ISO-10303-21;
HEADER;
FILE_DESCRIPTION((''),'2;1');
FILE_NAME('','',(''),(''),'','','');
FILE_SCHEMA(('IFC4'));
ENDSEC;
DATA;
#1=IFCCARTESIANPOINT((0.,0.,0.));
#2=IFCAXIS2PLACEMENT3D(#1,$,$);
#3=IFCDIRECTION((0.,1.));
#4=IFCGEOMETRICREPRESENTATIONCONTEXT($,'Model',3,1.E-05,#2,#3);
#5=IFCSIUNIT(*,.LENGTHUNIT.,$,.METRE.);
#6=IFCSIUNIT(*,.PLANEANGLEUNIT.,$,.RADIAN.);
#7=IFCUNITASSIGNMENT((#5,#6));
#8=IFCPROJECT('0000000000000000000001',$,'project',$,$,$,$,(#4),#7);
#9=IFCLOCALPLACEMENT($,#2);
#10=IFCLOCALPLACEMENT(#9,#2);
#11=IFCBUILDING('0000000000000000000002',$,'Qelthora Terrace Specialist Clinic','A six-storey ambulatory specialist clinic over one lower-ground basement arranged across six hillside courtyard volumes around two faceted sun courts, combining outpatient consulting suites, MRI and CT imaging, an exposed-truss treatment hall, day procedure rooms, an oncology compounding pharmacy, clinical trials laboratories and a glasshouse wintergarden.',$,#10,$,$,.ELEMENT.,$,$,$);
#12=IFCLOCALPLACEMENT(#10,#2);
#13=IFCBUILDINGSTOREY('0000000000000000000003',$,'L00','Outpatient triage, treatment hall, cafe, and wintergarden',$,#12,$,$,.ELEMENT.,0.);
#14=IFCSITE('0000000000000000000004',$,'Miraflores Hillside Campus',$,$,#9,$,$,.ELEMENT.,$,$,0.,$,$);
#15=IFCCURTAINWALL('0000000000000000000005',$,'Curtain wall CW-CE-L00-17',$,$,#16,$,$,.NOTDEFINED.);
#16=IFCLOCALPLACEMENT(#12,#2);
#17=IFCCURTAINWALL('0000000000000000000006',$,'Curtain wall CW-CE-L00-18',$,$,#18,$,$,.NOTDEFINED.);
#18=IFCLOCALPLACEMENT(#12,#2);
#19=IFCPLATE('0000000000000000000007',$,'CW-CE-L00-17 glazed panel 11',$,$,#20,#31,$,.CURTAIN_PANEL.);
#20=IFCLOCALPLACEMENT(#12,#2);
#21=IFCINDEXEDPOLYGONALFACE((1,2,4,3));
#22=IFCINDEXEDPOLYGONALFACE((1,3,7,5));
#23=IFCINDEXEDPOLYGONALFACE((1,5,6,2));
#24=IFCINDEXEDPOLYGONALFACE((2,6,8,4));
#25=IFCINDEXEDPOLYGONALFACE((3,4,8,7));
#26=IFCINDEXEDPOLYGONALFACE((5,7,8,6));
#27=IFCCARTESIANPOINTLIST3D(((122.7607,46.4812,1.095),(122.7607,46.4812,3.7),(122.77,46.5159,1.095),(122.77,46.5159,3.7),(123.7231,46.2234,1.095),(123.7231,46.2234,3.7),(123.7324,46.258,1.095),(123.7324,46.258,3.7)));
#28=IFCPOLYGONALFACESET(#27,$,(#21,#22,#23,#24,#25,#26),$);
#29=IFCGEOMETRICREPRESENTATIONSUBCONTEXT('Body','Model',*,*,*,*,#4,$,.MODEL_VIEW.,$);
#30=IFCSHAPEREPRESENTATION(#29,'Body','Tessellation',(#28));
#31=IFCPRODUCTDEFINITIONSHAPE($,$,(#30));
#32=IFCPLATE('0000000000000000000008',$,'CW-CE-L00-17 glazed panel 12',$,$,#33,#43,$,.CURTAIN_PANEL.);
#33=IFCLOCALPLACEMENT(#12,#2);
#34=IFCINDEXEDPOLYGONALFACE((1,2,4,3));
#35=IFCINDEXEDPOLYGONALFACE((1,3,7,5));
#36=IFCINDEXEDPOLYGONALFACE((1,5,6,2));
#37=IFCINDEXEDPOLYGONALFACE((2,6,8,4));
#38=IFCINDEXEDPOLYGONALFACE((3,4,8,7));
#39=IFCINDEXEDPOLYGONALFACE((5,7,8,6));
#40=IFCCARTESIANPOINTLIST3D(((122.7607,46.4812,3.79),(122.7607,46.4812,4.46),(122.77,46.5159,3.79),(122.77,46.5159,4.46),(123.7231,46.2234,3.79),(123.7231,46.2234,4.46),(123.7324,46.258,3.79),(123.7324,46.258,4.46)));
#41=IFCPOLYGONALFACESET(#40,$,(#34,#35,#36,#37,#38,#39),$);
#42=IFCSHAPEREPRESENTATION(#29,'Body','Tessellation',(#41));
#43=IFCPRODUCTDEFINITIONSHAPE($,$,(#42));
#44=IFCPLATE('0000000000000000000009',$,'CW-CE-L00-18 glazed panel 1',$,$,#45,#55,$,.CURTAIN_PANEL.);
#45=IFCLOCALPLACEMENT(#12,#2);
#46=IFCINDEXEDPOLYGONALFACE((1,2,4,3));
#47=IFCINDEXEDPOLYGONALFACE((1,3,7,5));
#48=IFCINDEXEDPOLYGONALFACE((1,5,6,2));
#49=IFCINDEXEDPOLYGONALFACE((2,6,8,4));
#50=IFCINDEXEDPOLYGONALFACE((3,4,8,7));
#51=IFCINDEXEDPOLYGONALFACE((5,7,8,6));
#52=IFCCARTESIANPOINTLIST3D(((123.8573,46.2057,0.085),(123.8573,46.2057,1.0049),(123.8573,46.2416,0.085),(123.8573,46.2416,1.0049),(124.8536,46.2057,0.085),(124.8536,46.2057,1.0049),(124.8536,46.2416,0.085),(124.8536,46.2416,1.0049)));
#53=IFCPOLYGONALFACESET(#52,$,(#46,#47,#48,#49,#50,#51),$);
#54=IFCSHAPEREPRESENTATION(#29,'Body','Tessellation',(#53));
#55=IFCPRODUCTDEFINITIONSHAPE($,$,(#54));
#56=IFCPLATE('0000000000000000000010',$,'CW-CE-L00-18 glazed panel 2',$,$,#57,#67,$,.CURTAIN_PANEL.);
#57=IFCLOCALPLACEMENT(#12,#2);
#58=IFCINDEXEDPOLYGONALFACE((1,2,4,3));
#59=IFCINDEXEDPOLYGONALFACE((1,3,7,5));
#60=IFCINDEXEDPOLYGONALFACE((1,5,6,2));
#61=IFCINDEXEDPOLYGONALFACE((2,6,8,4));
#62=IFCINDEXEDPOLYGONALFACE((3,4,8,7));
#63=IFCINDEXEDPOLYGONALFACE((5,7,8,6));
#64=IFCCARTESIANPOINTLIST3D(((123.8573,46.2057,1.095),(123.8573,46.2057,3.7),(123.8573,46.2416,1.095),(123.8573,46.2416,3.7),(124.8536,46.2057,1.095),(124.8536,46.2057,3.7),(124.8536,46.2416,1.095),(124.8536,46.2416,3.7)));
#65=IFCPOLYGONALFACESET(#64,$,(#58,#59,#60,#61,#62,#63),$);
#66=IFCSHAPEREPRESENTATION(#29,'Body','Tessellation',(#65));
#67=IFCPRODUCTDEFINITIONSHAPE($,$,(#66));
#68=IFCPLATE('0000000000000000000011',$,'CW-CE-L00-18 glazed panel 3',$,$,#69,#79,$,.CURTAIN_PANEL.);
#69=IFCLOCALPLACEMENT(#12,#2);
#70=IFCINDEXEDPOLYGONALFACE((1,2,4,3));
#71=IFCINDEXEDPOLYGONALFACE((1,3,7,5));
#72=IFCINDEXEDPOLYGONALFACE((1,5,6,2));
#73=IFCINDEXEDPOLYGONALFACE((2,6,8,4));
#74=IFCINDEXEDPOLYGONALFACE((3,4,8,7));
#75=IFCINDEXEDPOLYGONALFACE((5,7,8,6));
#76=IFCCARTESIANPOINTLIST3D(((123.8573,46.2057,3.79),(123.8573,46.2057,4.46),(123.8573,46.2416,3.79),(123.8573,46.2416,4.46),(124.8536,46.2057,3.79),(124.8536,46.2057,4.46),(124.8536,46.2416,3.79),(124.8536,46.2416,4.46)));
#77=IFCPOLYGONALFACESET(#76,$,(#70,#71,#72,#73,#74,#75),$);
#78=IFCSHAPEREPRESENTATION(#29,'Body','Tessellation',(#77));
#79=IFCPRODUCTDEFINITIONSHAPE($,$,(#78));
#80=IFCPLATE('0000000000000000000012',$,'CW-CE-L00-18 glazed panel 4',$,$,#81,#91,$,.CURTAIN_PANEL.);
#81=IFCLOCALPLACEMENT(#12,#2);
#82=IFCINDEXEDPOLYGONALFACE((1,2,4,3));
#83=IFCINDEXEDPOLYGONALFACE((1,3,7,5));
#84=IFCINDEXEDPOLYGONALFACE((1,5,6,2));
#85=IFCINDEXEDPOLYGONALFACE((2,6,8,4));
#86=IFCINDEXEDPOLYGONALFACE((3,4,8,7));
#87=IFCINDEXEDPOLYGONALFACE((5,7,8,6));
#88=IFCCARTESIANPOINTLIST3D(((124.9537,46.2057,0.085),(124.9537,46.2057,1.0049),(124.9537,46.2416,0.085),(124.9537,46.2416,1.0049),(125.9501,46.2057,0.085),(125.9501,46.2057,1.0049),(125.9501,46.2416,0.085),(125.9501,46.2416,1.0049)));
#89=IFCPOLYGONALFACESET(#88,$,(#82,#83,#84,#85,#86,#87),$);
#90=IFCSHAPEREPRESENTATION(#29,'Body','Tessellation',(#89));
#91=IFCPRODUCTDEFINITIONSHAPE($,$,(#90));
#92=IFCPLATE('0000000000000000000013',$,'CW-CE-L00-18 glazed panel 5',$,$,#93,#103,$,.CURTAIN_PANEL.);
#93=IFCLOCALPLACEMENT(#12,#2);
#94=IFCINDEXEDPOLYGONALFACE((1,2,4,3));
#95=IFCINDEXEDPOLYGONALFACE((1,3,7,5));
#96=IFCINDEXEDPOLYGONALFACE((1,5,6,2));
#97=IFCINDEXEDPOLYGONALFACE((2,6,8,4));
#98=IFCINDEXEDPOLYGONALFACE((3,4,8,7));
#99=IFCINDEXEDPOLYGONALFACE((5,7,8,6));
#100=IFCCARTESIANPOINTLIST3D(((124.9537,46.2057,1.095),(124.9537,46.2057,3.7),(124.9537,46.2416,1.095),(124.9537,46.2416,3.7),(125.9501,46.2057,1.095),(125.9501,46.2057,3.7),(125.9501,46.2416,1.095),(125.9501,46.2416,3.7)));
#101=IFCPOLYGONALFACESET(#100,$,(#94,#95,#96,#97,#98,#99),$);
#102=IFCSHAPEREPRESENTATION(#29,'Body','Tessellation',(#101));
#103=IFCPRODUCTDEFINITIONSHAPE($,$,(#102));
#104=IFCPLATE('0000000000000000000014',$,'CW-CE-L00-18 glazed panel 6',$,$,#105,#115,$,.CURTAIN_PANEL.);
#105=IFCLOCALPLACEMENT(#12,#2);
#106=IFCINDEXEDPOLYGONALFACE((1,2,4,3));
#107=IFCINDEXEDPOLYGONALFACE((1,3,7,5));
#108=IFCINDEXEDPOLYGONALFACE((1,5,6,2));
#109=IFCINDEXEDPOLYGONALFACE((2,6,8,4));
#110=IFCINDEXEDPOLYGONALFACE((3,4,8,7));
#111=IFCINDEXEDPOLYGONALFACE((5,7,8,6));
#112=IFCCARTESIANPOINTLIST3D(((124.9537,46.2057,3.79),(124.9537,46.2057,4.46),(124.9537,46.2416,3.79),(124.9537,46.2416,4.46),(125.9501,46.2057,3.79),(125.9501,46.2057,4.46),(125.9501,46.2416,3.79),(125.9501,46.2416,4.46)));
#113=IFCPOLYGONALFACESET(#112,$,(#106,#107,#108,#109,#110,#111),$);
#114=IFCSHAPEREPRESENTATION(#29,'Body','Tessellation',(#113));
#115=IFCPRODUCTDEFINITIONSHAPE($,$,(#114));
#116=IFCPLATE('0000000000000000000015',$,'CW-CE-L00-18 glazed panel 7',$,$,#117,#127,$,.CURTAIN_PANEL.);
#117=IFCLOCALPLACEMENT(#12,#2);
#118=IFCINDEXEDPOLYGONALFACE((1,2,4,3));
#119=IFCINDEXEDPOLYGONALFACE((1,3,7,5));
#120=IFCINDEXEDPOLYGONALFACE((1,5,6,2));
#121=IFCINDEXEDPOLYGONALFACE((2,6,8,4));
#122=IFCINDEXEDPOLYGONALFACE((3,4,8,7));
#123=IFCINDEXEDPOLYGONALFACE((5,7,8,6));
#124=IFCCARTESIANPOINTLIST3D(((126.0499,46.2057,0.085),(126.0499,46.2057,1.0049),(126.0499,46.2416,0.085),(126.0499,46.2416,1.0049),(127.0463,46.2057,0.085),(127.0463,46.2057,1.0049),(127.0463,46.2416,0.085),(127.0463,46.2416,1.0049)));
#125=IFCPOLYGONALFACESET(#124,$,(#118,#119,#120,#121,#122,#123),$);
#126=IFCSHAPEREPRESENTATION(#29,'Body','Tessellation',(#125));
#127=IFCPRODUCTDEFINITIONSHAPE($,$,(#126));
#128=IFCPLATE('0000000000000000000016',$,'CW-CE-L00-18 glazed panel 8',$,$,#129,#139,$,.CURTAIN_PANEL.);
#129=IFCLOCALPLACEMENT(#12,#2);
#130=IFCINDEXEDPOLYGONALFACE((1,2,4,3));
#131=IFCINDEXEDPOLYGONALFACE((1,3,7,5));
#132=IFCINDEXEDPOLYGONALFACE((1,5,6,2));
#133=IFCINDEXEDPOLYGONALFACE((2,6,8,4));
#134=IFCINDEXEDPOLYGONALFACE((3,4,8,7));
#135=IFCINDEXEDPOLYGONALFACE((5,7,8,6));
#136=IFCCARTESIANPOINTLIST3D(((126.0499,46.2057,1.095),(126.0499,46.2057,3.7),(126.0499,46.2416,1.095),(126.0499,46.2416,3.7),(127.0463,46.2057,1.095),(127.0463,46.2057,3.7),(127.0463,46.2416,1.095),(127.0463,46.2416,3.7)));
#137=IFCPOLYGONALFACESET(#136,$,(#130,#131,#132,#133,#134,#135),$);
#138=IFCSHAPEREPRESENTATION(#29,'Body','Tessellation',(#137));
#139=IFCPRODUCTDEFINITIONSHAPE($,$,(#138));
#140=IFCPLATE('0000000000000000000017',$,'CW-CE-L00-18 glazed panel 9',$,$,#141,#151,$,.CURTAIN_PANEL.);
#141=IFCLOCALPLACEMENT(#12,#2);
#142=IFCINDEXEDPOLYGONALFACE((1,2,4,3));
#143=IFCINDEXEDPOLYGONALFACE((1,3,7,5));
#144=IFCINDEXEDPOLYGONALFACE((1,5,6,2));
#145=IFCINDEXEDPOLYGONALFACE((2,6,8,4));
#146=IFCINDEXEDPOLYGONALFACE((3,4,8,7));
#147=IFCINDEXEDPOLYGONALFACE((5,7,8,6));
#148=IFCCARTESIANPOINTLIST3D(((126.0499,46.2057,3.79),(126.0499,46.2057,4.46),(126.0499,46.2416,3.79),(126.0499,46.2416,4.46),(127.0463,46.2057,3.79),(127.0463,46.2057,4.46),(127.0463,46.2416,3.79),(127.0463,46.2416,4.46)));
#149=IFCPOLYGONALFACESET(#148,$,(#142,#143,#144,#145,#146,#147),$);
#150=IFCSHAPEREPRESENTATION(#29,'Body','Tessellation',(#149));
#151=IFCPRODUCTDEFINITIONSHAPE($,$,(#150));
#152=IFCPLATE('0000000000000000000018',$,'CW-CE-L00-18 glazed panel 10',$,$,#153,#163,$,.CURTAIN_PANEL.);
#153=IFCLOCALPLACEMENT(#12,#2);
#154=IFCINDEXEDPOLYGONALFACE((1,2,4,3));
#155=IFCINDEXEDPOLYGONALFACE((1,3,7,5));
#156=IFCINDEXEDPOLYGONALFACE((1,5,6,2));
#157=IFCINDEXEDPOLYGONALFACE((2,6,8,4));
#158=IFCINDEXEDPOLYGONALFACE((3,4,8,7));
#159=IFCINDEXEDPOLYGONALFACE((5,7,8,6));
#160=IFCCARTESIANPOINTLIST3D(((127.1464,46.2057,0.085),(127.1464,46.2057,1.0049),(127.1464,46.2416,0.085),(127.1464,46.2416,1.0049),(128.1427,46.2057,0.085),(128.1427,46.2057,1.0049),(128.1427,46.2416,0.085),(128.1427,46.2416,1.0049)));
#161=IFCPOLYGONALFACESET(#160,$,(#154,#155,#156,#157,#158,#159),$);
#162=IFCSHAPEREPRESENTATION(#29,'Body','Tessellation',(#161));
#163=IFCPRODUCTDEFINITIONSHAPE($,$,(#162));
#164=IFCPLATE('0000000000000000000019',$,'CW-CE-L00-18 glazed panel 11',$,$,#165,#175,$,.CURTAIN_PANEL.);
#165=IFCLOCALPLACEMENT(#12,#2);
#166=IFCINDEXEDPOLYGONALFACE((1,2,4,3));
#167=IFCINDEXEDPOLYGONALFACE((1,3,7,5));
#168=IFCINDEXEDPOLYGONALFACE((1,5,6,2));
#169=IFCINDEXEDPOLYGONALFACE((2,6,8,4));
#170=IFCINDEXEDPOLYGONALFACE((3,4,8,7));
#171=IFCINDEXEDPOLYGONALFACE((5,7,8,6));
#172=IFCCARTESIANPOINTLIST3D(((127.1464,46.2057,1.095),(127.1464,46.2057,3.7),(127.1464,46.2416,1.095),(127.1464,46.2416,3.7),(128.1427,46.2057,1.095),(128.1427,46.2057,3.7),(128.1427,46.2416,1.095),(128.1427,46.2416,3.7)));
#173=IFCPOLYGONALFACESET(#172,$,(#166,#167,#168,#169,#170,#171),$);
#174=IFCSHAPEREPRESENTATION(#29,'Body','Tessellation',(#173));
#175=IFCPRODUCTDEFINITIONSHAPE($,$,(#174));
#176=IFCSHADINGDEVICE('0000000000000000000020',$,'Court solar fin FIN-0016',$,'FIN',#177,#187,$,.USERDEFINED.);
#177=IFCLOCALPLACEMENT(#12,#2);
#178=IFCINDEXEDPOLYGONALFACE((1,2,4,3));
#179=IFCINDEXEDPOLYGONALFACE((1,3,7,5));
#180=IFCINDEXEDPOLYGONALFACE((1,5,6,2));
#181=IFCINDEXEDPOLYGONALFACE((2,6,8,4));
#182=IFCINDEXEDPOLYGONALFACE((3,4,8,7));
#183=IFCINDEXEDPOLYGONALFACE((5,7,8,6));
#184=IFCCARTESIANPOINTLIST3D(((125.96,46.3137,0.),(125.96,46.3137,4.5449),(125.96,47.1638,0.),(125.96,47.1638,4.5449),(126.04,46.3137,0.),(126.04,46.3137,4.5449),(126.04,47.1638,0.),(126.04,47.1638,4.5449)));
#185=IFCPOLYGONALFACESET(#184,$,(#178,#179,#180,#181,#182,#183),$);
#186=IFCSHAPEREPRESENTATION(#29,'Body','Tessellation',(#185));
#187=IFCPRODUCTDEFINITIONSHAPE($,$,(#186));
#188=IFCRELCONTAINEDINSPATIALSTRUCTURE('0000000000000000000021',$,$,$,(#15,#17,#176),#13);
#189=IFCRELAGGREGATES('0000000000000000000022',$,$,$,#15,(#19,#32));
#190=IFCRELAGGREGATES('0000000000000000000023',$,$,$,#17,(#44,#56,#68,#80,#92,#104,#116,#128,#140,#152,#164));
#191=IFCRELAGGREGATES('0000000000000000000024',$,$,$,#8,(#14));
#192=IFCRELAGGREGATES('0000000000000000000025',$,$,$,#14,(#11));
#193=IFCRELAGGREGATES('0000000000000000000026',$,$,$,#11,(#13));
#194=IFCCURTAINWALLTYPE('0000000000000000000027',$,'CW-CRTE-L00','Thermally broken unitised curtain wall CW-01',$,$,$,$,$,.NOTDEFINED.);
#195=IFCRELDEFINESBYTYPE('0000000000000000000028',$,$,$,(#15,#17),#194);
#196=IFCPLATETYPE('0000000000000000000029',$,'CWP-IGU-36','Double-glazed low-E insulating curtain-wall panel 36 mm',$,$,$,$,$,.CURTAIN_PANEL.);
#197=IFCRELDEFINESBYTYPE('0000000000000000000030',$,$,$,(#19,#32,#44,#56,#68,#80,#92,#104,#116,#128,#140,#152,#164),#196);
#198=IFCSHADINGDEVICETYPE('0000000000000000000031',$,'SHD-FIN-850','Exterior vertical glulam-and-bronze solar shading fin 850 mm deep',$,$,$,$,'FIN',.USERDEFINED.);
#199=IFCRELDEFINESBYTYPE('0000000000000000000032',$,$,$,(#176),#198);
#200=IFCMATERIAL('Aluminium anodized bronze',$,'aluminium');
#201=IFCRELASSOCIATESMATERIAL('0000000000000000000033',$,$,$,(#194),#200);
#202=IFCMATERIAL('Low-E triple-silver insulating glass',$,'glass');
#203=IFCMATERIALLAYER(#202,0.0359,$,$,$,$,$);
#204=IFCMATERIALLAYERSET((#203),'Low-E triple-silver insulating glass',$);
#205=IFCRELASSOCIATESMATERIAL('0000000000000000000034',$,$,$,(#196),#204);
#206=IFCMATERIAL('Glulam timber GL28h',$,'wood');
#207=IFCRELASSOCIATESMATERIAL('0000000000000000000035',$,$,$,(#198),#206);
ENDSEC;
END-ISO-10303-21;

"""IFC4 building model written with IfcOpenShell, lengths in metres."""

from ifc_helpers import new_model, si_unit, direction, frame, origin, origin_2d, place, context, subcontext, project, spatial, rectangle, extrude, material, layer, layer_set, type_object, element, aggregate, save


model = new_model("IFC4")

# Units and contexts
model_context = context("Model", 3, precision=1e-05, world=origin(), true_north=direction((0.0, 1.0)))
body_context = subcontext(model_context, "Body", "Model", "MODEL_VIEW")
ifc_project = project(units=[si_unit("LENGTHUNIT", "METRE"), si_unit("PLANEANGLEUNIT", "RADIAN")], contexts=[model_context])

# Site, building, storey
site_placement = place(None, origin())
site = spatial("IfcSite", under=ifc_project, at=site_placement, Name="Miraflores Hillside Campus", CompositionType="ELEMENT", RefElevation=0.0)
building_placement = place(site_placement, origin())
building = spatial("IfcBuilding", under=site, at=building_placement, Name="Qelthora Terrace Specialist Clinic", Description="A six-storey ambulatory specialist clinic over one lower-ground basement arranged across six hillside courtyard volumes around two faceted sun courts, combining outpatient consulting suites, MRI and CT imaging, an exposed-truss treatment hall, day procedure rooms, an oncology compounding pharmacy, clinical trials laboratories and a glasshouse wintergarden.", CompositionType="ELEMENT")
storey_placement = place(building_placement, origin())
storey = spatial("IfcBuildingStorey", under=building, at=storey_placement, Name="L00", Description="Outpatient triage, treatment hall, cafe, and wintergarden", CompositionType="ELEMENT", Elevation=0.0)

# Curtain walls
ifc_material_1 = material(Name="Aluminium anodized bronze", Category="aluminium")
curtain_wall_type = type_object("IfcCurtainWallType", Name="CW-CRTE-L00", Description="Thermally broken unitised curtain wall CW-01", PredefinedType="NOTDEFINED", material=ifc_material_1)
curtain_wall_1_placement = place(storey_placement, origin())
curtain_wall_1 = element("IfcCurtainWall", 1, at=curtain_wall_1_placement, inside=storey, type_object=curtain_wall_type, Name="Curtain wall CW-CE-L00-17", PredefinedType="NOTDEFINED")
curtain_wall_2_placement = place(storey_placement, origin())
curtain_wall_2 = element("IfcCurtainWall", 2, at=curtain_wall_2_placement, inside=storey, type_object=curtain_wall_type, Name="Curtain wall CW-CE-L00-18", PredefinedType="NOTDEFINED")

# Plates
ifc_material_2 = material(Name="Low-E triple-silver insulating glass", Category="glass")
ifc_layer = layer(ifc_material_2, 0.0359)
ifc_layer_set = layer_set([ifc_layer], Name="Low-E triple-silver insulating glass")
plate_type = type_object("IfcPlateType", Name="CWP-IGU-36", Description="Double-glazed low-E insulating curtain-wall panel 36 mm", PredefinedType="CURTAIN_PANEL", material=ifc_layer_set)
plate_1_placement = place(storey_placement, frame((123.2466, 46.3696, 1.095), z_axis=(0.0, 0.0, 1.0), x_axis=(0.965926, -0.258819, 0.0)))
plate_1 = element("IfcPlate", 3, at=plate_1_placement, type_object=plate_type, Name="CW-CE-L00-17 glazed panel 11", PredefinedType="CURTAIN_PANEL", context=body_context, shape_type="SweptSolid", body=[
    extrude(rectangle(XDim=0.9963, YDim=0.0359, at=origin_2d()), origin(), (0.0, 0.0, 1.0), 2.605),
])
plate_2_placement = place(storey_placement, frame((123.2466, 46.3696, 3.79), z_axis=(0.0, 0.0, 1.0), x_axis=(0.965926, -0.258819, 0.0)))
plate_2 = element("IfcPlate", 4, at=plate_2_placement, type_object=plate_type, Name="CW-CE-L00-17 glazed panel 12", PredefinedType="CURTAIN_PANEL", context=body_context, shape_type="SweptSolid", body=[
    extrude(rectangle(XDim=0.9963, YDim=0.0359, at=origin_2d()), origin(), (0.0, 0.0, 1.0), 0.6699),
])
aggregate(curtain_wall_1, [plate_1, plate_2])
plate_3_placement = place(storey_placement, frame((124.3555, 46.2236, 0.085), z_axis=(0.0, 0.0, 1.0), x_axis=(1.0, 0.0, 0.0)))
plate_3 = element("IfcPlate", 5, at=plate_3_placement, type_object=plate_type, Name="CW-CE-L00-18 glazed panel 1", PredefinedType="CURTAIN_PANEL", context=body_context, shape_type="SweptSolid", body=[
    extrude(rectangle(XDim=0.9963, YDim=0.0359, at=origin_2d()), origin(), (0.0, 0.0, 1.0), 0.9199),
])
plate_4_placement = place(storey_placement, frame((124.3555, 46.2236, 1.095), z_axis=(0.0, 0.0, 1.0), x_axis=(1.0, 0.0, 0.0)))
plate_4 = element("IfcPlate", 6, at=plate_4_placement, type_object=plate_type, Name="CW-CE-L00-18 glazed panel 2", PredefinedType="CURTAIN_PANEL", context=body_context, shape_type="SweptSolid", body=[
    extrude(rectangle(XDim=0.9963, YDim=0.0359, at=origin_2d()), origin(), (0.0, 0.0, 1.0), 2.605),
])
plate_5_placement = place(storey_placement, frame((124.3555, 46.2236, 3.79), z_axis=(0.0, 0.0, 1.0), x_axis=(1.0, 0.0, 0.0)))
plate_5 = element("IfcPlate", 7, at=plate_5_placement, type_object=plate_type, Name="CW-CE-L00-18 glazed panel 3", PredefinedType="CURTAIN_PANEL", context=body_context, shape_type="SweptSolid", body=[
    extrude(rectangle(XDim=0.9963, YDim=0.0359, at=origin_2d()), origin(), (0.0, 0.0, 1.0), 0.6699),
])
plate_6_placement = place(storey_placement, frame((125.4519, 46.2236, 0.085), z_axis=(0.0, 0.0, 1.0), x_axis=(1.0, 0.0, 0.0)))
plate_6 = element("IfcPlate", 8, at=plate_6_placement, type_object=plate_type, Name="CW-CE-L00-18 glazed panel 4", PredefinedType="CURTAIN_PANEL", context=body_context, shape_type="SweptSolid", body=[
    extrude(rectangle(XDim=0.9963, YDim=0.0359, at=origin_2d()), origin(), (0.0, 0.0, 1.0), 0.9199),
])
plate_7_placement = place(storey_placement, frame((125.4519, 46.2236, 1.095), z_axis=(0.0, 0.0, 1.0), x_axis=(1.0, 0.0, 0.0)))
plate_7 = element("IfcPlate", 9, at=plate_7_placement, type_object=plate_type, Name="CW-CE-L00-18 glazed panel 5", PredefinedType="CURTAIN_PANEL", context=body_context, shape_type="SweptSolid", body=[
    extrude(rectangle(XDim=0.9963, YDim=0.0359, at=origin_2d()), origin(), (0.0, 0.0, 1.0), 2.605),
])
plate_8_placement = place(storey_placement, frame((125.4519, 46.2236, 3.79), z_axis=(0.0, 0.0, 1.0), x_axis=(1.0, 0.0, 0.0)))
plate_8 = element("IfcPlate", 10, at=plate_8_placement, type_object=plate_type, Name="CW-CE-L00-18 glazed panel 6", PredefinedType="CURTAIN_PANEL", context=body_context, shape_type="SweptSolid", body=[
    extrude(rectangle(XDim=0.9963, YDim=0.0359, at=origin_2d()), origin(), (0.0, 0.0, 1.0), 0.6699),
])
plate_9_placement = place(storey_placement, frame((126.5481, 46.2236, 0.085), z_axis=(0.0, 0.0, 1.0), x_axis=(1.0, 0.0, 0.0)))
plate_9 = element("IfcPlate", 11, at=plate_9_placement, type_object=plate_type, Name="CW-CE-L00-18 glazed panel 7", PredefinedType="CURTAIN_PANEL", context=body_context, shape_type="SweptSolid", body=[
    extrude(rectangle(XDim=0.9963, YDim=0.0359, at=origin_2d()), origin(), (0.0, 0.0, 1.0), 0.9199),
])
plate_10_placement = place(storey_placement, frame((126.5481, 46.2236, 1.095), z_axis=(0.0, 0.0, 1.0), x_axis=(1.0, 0.0, 0.0)))
plate_10 = element("IfcPlate", 12, at=plate_10_placement, type_object=plate_type, Name="CW-CE-L00-18 glazed panel 8", PredefinedType="CURTAIN_PANEL", context=body_context, shape_type="SweptSolid", body=[
    extrude(rectangle(XDim=0.9963, YDim=0.0359, at=origin_2d()), origin(), (0.0, 0.0, 1.0), 2.605),
])
plate_11_placement = place(storey_placement, frame((126.5481, 46.2236, 3.79), z_axis=(0.0, 0.0, 1.0), x_axis=(1.0, 0.0, 0.0)))
plate_11 = element("IfcPlate", 13, at=plate_11_placement, type_object=plate_type, Name="CW-CE-L00-18 glazed panel 9", PredefinedType="CURTAIN_PANEL", context=body_context, shape_type="SweptSolid", body=[
    extrude(rectangle(XDim=0.9963, YDim=0.0359, at=origin_2d()), origin(), (0.0, 0.0, 1.0), 0.6699),
])
plate_12_placement = place(storey_placement, frame((127.6445, 46.2236, 0.085), z_axis=(0.0, 0.0, 1.0), x_axis=(1.0, 0.0, 0.0)))
plate_12 = element("IfcPlate", 14, at=plate_12_placement, type_object=plate_type, Name="CW-CE-L00-18 glazed panel 10", PredefinedType="CURTAIN_PANEL", context=body_context, shape_type="SweptSolid", body=[
    extrude(rectangle(XDim=0.9963, YDim=0.0359, at=origin_2d()), origin(), (0.0, 0.0, 1.0), 0.9199),
])
plate_13_placement = place(storey_placement, frame((127.6445, 46.2236, 1.095), z_axis=(0.0, 0.0, 1.0), x_axis=(1.0, 0.0, 0.0)))
plate_13 = element("IfcPlate", 15, at=plate_13_placement, type_object=plate_type, Name="CW-CE-L00-18 glazed panel 11", PredefinedType="CURTAIN_PANEL", context=body_context, shape_type="SweptSolid", body=[
    extrude(rectangle(XDim=0.9963, YDim=0.0359, at=origin_2d()), origin(), (0.0, 0.0, 1.0), 2.605),
])
aggregate(curtain_wall_2, [plate_3, plate_4, plate_5, plate_6, plate_7, plate_8, plate_9, plate_10, plate_11, plate_12, plate_13])

# Shading device
ifc_material_3 = material(Name="Glulam timber GL28h", Category="wood")
shading_device_type = type_object("IfcShadingDeviceType", Name="SHD-FIN-850", Description="Exterior vertical glulam-and-bronze solar shading fin 850 mm deep", ElementType="FIN", PredefinedType="USERDEFINED", material=ifc_material_3)
shading_device_placement = place(storey_placement, frame((126.0, 46.7388, 0.0), z_axis=(0.0, 0.0, 1.0), x_axis=(0.0, 1.0, 0.0)))
element("IfcShadingDevice", 16, at=shading_device_placement, inside=storey, type_object=shading_device_type, Name="Court solar fin FIN-0016", ObjectType="FIN", PredefinedType="USERDEFINED", context=body_context, shape_type="SweptSolid", body=[
    extrude(rectangle(XDim=0.8501, YDim=0.0801, at=origin_2d()), origin(), (0.0, 0.0, 1.0), 4.5449),
])

save(model, "model.ifc")
